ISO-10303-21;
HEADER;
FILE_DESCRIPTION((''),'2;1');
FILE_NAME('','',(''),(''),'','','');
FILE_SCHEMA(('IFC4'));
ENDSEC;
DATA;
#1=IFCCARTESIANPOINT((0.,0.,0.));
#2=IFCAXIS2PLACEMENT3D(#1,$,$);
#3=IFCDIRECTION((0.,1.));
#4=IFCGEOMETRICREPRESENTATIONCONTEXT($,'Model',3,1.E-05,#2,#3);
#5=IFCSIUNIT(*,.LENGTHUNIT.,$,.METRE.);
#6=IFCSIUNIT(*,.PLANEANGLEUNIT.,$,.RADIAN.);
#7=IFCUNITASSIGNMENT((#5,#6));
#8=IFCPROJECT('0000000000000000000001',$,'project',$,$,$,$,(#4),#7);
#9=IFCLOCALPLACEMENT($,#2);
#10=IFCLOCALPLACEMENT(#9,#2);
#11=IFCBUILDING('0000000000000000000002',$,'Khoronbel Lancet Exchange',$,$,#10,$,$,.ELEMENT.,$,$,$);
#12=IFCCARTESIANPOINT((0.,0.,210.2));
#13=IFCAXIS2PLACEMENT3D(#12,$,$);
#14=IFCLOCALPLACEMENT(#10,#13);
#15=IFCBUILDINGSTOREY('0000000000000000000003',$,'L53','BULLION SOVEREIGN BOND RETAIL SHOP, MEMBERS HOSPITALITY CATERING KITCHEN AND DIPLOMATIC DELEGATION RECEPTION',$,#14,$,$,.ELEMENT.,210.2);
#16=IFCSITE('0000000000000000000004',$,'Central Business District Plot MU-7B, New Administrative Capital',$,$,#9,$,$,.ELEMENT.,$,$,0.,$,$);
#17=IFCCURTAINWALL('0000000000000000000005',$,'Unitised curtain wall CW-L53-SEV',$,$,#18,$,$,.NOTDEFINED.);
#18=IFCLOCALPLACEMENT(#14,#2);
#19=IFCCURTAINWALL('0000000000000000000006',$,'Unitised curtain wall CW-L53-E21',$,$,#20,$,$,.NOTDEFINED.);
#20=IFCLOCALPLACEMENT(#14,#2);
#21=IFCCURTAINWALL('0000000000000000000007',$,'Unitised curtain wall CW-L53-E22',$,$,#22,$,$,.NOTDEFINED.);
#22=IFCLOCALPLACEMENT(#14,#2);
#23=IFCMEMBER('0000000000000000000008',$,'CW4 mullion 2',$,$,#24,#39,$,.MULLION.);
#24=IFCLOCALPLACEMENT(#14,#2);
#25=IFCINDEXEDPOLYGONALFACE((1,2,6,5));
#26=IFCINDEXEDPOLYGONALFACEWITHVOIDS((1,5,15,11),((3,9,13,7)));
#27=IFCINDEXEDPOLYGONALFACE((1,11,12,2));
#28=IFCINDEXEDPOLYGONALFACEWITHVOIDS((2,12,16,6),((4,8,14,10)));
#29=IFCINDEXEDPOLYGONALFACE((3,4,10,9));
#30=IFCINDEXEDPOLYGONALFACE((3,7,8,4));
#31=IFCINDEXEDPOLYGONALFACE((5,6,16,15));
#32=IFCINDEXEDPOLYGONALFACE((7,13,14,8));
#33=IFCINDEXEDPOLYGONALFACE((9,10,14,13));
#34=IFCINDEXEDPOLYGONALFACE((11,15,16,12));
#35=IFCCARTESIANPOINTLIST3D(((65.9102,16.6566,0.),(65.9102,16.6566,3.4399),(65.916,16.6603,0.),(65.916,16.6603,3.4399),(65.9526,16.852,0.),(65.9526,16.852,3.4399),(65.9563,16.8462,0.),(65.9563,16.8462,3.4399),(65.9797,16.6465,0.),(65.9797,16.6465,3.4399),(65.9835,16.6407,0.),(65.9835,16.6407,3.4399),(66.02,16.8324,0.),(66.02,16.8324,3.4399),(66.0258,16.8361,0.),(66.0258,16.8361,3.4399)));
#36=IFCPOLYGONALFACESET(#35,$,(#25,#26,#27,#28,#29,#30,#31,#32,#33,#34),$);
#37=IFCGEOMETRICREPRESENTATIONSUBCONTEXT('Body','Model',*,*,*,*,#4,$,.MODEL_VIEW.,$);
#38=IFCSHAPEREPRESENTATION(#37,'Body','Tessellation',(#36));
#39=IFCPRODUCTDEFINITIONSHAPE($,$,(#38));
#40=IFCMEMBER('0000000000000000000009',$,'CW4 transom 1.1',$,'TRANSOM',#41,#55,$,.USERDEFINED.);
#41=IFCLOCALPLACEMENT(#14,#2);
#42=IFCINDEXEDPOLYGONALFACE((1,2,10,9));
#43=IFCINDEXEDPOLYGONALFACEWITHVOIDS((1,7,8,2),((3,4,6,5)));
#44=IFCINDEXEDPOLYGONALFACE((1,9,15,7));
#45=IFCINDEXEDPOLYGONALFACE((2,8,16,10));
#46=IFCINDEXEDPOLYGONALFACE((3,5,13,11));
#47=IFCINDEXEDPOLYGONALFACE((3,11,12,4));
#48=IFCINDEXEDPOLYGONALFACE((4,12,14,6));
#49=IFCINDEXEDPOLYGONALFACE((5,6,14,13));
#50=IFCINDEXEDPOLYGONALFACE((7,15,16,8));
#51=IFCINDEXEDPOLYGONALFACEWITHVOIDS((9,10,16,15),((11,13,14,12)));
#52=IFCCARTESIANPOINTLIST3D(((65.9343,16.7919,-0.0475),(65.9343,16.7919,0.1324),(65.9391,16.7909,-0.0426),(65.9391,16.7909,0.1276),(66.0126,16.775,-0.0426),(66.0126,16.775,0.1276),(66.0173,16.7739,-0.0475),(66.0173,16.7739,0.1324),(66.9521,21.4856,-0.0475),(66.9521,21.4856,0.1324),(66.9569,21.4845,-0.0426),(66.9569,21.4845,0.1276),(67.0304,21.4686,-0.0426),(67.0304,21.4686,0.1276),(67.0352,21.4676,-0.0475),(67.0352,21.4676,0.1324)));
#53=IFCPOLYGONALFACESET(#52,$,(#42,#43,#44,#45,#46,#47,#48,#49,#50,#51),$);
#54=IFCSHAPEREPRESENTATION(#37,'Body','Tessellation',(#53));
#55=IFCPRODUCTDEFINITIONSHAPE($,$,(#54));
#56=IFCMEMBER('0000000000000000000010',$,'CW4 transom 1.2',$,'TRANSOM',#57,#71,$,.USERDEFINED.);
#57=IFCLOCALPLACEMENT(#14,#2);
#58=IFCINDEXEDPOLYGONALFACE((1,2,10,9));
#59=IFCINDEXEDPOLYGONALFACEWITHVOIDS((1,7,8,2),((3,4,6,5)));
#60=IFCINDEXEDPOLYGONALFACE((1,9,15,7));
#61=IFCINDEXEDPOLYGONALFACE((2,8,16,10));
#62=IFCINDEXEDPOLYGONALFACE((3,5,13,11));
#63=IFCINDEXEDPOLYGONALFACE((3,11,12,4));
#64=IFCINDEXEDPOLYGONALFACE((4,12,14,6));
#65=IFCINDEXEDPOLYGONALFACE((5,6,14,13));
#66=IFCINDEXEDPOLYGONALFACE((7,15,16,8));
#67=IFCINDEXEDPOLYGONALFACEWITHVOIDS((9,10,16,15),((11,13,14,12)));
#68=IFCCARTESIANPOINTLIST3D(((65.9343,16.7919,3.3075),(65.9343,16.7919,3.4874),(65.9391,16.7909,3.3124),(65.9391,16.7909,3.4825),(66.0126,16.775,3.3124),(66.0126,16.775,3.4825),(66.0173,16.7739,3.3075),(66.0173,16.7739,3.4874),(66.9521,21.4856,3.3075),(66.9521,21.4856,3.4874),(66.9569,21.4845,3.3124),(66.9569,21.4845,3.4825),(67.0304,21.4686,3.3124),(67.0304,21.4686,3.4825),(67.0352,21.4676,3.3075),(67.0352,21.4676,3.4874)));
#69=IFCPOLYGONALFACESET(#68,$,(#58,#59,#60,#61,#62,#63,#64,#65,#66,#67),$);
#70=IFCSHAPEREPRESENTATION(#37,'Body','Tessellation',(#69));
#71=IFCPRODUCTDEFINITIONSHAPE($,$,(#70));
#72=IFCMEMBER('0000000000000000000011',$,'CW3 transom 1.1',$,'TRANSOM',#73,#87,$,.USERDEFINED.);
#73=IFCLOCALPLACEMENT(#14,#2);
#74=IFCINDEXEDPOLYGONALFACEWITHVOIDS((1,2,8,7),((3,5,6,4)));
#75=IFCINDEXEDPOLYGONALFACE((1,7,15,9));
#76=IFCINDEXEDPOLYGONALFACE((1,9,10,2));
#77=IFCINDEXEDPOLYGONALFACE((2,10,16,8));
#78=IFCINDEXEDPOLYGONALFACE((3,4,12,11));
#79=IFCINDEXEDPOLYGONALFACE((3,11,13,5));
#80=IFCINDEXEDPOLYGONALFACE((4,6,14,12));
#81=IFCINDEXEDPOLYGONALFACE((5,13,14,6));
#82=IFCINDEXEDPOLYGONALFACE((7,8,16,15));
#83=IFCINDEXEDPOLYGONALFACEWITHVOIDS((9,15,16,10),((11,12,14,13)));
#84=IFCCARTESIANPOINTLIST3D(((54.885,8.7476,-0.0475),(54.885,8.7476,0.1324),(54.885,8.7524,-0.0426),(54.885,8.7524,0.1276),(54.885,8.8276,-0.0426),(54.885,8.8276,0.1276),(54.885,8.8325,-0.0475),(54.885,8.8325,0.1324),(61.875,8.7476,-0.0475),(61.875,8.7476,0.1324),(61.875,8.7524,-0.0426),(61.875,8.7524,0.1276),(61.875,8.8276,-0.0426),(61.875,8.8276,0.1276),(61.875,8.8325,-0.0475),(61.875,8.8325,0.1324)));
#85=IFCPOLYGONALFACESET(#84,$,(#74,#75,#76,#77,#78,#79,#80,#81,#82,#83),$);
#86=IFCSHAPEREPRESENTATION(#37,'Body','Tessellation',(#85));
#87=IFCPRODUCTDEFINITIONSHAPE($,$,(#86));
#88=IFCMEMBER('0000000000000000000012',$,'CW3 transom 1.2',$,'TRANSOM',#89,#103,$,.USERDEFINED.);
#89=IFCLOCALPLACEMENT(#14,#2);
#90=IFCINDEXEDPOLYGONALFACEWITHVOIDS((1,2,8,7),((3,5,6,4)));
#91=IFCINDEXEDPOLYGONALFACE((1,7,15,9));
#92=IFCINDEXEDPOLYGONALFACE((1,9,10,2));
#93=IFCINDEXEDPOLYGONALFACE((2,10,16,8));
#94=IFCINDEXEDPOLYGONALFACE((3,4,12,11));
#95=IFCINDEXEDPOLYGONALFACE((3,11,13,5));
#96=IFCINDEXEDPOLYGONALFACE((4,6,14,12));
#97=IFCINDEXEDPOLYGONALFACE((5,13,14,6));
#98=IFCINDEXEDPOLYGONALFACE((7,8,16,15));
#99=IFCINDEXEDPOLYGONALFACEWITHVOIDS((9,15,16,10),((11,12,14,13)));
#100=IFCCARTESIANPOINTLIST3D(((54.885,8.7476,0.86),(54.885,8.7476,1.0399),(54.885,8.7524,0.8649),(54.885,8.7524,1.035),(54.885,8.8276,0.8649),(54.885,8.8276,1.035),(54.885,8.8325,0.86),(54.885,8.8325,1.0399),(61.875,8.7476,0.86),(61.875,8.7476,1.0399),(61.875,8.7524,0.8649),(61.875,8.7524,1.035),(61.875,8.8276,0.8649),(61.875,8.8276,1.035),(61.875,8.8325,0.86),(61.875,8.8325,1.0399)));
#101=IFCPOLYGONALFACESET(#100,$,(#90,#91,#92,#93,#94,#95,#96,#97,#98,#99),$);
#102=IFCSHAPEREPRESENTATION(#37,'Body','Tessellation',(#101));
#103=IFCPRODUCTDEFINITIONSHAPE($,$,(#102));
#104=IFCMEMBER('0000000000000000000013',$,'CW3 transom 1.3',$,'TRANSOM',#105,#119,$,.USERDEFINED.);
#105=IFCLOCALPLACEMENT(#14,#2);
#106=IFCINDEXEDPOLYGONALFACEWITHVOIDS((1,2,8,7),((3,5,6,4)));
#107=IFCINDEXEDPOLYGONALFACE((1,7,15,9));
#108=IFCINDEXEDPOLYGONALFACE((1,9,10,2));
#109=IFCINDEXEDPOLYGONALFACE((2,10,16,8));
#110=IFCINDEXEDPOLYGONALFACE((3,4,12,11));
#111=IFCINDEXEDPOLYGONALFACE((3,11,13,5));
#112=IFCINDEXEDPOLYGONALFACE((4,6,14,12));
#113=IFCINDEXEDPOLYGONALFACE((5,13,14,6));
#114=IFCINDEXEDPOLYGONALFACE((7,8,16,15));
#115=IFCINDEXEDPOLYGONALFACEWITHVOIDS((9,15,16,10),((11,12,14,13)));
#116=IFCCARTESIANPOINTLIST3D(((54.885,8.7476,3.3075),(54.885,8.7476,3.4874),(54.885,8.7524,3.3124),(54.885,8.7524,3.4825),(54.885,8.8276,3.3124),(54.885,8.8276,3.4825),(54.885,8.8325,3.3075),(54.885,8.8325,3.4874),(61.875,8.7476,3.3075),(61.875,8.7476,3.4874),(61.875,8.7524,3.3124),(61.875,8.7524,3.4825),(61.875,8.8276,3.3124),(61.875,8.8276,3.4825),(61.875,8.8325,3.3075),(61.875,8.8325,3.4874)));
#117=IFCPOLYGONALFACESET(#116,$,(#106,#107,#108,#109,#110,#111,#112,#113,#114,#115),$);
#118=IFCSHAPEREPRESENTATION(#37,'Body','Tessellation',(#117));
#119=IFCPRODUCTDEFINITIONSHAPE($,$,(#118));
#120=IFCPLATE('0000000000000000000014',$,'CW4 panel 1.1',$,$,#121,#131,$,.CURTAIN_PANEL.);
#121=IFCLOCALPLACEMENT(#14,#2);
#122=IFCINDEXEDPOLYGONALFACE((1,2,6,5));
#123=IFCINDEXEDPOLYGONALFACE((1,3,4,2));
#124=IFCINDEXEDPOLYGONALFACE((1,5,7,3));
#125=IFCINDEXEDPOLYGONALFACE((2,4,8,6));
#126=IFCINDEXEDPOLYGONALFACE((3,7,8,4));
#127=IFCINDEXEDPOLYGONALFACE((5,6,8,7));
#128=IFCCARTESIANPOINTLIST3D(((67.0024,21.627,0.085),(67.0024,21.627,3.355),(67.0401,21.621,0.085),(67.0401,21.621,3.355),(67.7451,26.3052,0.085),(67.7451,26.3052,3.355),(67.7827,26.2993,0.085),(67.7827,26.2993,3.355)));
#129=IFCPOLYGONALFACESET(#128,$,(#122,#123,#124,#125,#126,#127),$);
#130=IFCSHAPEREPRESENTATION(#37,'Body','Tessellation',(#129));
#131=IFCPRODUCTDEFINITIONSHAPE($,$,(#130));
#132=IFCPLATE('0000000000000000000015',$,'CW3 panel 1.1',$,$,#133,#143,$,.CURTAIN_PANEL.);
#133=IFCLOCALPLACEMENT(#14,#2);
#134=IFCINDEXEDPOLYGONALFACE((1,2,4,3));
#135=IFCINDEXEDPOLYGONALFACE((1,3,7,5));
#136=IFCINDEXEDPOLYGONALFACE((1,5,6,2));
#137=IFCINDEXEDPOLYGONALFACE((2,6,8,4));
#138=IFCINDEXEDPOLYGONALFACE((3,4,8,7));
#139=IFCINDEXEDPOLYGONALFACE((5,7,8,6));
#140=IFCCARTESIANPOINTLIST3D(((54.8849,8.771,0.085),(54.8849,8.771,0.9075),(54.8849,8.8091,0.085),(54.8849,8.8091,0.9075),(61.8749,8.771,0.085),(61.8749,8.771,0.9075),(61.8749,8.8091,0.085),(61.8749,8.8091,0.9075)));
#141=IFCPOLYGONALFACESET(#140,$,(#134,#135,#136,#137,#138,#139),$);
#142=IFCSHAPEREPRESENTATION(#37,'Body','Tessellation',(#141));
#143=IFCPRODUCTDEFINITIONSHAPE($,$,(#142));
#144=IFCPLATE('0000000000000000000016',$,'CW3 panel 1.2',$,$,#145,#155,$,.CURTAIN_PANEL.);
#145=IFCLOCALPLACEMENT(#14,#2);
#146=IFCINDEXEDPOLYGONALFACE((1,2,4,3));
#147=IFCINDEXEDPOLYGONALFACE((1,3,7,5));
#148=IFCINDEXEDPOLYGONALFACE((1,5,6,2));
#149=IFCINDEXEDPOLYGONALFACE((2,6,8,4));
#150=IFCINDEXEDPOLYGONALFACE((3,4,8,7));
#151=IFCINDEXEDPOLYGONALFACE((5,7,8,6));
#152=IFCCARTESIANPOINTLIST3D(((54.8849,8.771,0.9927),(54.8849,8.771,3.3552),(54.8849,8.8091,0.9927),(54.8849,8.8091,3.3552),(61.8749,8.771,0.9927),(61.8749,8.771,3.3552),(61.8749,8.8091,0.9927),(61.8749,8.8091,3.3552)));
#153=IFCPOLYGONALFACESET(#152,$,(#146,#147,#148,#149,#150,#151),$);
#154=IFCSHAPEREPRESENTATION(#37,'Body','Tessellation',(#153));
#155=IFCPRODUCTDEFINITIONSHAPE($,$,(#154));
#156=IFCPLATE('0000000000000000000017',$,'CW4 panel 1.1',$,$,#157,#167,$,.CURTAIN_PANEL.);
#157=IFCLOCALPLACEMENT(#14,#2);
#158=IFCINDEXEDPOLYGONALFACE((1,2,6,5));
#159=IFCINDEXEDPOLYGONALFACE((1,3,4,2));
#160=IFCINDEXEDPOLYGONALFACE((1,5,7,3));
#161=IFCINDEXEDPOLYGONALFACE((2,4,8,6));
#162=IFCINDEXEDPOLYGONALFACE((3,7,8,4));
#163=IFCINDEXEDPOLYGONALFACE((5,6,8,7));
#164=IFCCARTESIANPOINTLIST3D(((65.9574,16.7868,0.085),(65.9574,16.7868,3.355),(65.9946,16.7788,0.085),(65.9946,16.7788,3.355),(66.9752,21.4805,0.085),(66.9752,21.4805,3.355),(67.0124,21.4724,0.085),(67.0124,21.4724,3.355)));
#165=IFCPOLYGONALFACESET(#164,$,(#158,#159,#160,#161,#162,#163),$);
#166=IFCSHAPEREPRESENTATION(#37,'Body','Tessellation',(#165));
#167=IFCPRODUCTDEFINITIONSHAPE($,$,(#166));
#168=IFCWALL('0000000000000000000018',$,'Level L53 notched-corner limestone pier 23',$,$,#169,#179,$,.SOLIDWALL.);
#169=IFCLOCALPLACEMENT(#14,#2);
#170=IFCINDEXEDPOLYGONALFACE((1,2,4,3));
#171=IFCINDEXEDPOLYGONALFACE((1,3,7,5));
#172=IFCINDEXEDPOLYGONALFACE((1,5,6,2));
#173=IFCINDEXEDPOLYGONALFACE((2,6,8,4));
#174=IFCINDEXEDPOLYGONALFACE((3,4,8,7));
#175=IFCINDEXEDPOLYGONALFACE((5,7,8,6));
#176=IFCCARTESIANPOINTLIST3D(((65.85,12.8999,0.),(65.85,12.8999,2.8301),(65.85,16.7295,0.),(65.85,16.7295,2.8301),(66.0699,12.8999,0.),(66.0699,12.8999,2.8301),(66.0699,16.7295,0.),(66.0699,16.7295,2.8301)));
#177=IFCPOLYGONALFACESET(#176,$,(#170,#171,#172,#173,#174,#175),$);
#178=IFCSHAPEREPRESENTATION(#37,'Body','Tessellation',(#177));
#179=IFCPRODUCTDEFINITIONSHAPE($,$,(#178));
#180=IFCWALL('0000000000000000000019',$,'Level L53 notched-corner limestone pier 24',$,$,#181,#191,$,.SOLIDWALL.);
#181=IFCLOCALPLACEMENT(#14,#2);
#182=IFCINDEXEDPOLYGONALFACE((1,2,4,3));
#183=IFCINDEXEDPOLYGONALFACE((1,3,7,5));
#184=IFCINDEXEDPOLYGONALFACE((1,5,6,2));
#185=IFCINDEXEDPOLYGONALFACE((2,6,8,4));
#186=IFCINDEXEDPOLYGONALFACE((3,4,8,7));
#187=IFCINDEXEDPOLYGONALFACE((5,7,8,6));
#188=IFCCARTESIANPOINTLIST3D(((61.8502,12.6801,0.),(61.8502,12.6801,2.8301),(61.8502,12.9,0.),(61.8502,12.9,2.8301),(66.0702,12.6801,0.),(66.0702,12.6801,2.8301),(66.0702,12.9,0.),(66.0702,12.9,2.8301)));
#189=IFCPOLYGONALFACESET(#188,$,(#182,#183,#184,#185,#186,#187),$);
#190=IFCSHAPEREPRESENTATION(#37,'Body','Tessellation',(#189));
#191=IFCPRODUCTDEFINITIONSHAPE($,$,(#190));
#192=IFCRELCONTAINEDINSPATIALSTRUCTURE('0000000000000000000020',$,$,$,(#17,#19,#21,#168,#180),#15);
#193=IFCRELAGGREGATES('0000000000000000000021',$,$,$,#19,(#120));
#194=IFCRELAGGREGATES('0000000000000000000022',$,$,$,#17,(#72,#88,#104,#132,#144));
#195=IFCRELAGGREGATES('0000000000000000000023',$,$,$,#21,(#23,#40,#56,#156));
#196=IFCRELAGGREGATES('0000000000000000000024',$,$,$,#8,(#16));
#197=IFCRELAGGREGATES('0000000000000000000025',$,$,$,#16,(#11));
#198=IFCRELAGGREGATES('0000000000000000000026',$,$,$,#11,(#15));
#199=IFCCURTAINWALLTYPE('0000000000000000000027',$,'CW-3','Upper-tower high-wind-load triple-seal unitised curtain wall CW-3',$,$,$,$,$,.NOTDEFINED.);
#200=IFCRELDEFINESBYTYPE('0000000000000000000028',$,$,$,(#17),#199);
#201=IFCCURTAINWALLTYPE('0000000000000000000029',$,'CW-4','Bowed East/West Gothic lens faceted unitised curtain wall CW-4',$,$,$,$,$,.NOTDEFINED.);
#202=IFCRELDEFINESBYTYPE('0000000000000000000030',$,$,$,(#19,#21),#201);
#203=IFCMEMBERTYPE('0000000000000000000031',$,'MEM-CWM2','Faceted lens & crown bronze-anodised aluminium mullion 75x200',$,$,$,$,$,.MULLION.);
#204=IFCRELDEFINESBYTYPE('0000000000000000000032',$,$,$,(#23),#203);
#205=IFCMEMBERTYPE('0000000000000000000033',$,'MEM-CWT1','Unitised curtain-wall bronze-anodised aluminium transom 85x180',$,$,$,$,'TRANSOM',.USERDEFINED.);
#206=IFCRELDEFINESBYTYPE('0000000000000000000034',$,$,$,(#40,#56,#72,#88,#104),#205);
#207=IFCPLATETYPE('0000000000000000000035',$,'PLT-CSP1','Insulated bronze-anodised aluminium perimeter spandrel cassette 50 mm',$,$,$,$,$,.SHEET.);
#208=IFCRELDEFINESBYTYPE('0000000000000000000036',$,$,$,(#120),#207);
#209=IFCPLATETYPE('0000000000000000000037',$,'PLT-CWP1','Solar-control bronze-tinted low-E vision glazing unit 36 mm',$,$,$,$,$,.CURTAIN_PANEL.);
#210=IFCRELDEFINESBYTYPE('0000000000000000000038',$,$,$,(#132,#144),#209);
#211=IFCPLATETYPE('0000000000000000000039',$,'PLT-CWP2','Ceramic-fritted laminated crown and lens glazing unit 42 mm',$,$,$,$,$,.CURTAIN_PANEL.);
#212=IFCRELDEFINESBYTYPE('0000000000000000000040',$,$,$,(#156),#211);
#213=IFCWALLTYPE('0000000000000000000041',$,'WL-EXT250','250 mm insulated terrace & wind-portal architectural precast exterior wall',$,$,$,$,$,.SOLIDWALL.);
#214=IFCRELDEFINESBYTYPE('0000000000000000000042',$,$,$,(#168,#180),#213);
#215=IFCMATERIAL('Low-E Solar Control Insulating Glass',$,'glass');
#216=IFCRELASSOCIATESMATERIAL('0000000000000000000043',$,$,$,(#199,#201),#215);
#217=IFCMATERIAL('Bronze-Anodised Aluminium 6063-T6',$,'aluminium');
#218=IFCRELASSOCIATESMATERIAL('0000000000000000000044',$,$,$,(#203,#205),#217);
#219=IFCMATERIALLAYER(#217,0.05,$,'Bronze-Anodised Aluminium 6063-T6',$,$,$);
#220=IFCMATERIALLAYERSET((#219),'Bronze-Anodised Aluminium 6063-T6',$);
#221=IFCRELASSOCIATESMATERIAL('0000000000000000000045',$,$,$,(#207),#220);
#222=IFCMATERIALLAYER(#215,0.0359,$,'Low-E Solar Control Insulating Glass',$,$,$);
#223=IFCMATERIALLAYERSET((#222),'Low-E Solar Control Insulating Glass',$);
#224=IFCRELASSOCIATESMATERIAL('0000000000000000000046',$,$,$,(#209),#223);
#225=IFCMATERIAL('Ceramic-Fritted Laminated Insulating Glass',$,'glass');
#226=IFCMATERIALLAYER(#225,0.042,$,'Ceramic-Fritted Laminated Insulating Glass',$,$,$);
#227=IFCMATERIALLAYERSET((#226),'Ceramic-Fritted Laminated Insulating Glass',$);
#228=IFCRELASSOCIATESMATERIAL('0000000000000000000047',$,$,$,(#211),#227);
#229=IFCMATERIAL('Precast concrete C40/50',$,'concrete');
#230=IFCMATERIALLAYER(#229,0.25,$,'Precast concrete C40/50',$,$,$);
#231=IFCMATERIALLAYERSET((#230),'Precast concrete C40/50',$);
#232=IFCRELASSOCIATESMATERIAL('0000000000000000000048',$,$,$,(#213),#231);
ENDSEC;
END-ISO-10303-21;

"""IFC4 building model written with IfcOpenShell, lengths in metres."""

from ifc_helpers import new_model, si_unit, direction, frame, frame_2d, origin, origin_2d, place, context, subcontext, project, spatial, rectangle, hollow_rectangle, extrude, material, layer, layer_set, material_profile, profile_set, type_object, element, aggregate, save


model = new_model("IFC4")

# Units and contexts
model_context = context("Model", 3, precision=1e-05, world=origin(), true_north=direction((0.0, 1.0)))
body_context = subcontext(model_context, "Body", "Model", "MODEL_VIEW")
ifc_project = project(units=[si_unit("LENGTHUNIT", "METRE"), si_unit("PLANEANGLEUNIT", "RADIAN")], contexts=[model_context])

# Site, building, storey
site_placement = place(None, origin())
site = spatial("IfcSite", under=ifc_project, at=site_placement, Name="Central Business District Plot MU-7B, New Administrative Capital", CompositionType="ELEMENT", RefElevation=0.0)
building_placement = place(site_placement, origin())
building = spatial("IfcBuilding", under=site, at=building_placement, Name="Khoronbel Lancet Exchange", CompositionType="ELEMENT")
storey_placement = place(building_placement, frame((0.0, 0.0, 210.2)))
storey = spatial("IfcBuildingStorey", under=building, at=storey_placement, Name="L53", Description="BULLION SOVEREIGN BOND RETAIL SHOP, MEMBERS HOSPITALITY CATERING KITCHEN AND DIPLOMATIC DELEGATION RECEPTION", CompositionType="ELEMENT", Elevation=210.2)

# Shared definitions
ifc_material_1 = material(Name="Low-E Solar Control Insulating Glass", Category="glass")
curtain_wall_type_1 = type_object("IfcCurtainWallType", Name="CW-3", Description="Upper-tower high-wind-load triple-seal unitised curtain wall CW-3", PredefinedType="NOTDEFINED", material=ifc_material_1)
ifc_material_2 = material(Name="Bronze-Anodised Aluminium 6063-T6", Category="aluminium")

# Curtain wall
curtain_wall_1_placement = place(storey_placement, origin())
curtain_wall_1 = element("IfcCurtainWall", 1, at=curtain_wall_1_placement, inside=storey, type_object=curtain_wall_type_1, Name="Unitised curtain wall CW-L53-SEV", PredefinedType="NOTDEFINED")

# Curtain wall
curtain_wall_type_2 = type_object("IfcCurtainWallType", Name="CW-4", Description="Bowed East/West Gothic lens faceted unitised curtain wall CW-4", PredefinedType="NOTDEFINED", material=ifc_material_1)
curtain_wall_2_placement = place(storey_placement, origin())
curtain_wall_2 = element("IfcCurtainWall", 2, at=curtain_wall_2_placement, inside=storey, type_object=curtain_wall_type_2, Name="Unitised curtain wall CW-L53-E21", PredefinedType="NOTDEFINED")
ifc_material_profile_1 = material_profile(ifc_material_2, hollow_rectangle(XDim=0.075, YDim=0.2, WallThickness=0.0049, at=origin_2d()), Name="ALU MULLION 75x200")
ifc_profile_set_1 = profile_set([ifc_material_profile_1], Name="Bronze-Anodised Aluminium 6063-T6")
member_type_1 = type_object("IfcMemberType", Name="MEM-CWM2", Description="Faceted lens & crown bronze-anodised aluminium mullion 75x200", PredefinedType="MULLION", material=ifc_profile_set_1)

# Curtain wall, members
curtain_wall_3_placement = place(storey_placement, origin())
curtain_wall_3 = element("IfcCurtainWall", 3, at=curtain_wall_3_placement, inside=storey, type_object=curtain_wall_type_2, Name="Unitised curtain wall CW-L53-E22", PredefinedType="NOTDEFINED")
member_1_placement = place(storey_placement, frame((65.968, 16.7463, 0.0), z_axis=(0.0, 0.0, 1.0), x_axis=(0.977287, -0.211921, 0.0)))
member_1 = element("IfcMember", 4, at=member_1_placement, type_object=member_type_1, Name="CW4 mullion 2", PredefinedType="MULLION", context=body_context, shape_type="SweptSolid", body=[
    extrude(hollow_rectangle(XDim=0.075, YDim=0.2, WallThickness=0.0049, at=origin_2d()), origin(), (0.0, 0.0, 1.0), 3.4399),
])
ifc_material_profile_2 = material_profile(ifc_material_2, hollow_rectangle(XDim=0.085, YDim=0.1799, WallThickness=0.0049, at=origin_2d()), Name="ALU TRANSOM 85x180")
ifc_profile_set_2 = profile_set([ifc_material_profile_2], Name="Bronze-Anodised Aluminium 6063-T6")
member_type_2 = type_object("IfcMemberType", Name="MEM-CWT1", Description="Unitised curtain-wall bronze-anodised aluminium transom 85x180", ElementType="TRANSOM", PredefinedType="USERDEFINED", material=ifc_profile_set_2)
member_2_placement = place(storey_placement, frame((66.9937, 21.4766, 0.0425), z_axis=(-0.211927, -0.977285, 0.0), x_axis=(0.977285, -0.211927, 0.0)))
member_2 = element("IfcMember", 5, at=member_2_placement, type_object=member_type_2, Name="CW4 transom 1.1", ObjectType="TRANSOM", PredefinedType="USERDEFINED", context=body_context, shape_type="SweptSolid", body=[
    extrude(hollow_rectangle(XDim=0.085, YDim=0.1799, WallThickness=0.0049, at=origin_2d()), origin(), (0.0, 0.0, 1.0), 4.8027),
])
member_3_placement = place(storey_placement, frame((66.9937, 21.4766, 3.3975), z_axis=(-0.211927, -0.977285, 0.0), x_axis=(0.977285, -0.211927, 0.0)))
member_3 = element("IfcMember", 6, at=member_3_placement, type_object=member_type_2, Name="CW4 transom 1.2", ObjectType="TRANSOM", PredefinedType="USERDEFINED", context=body_context, shape_type="SweptSolid", body=[
    extrude(hollow_rectangle(XDim=0.085, YDim=0.1799, WallThickness=0.0049, at=origin_2d()), origin(), (0.0, 0.0, 1.0), 4.8027),
])

# Members
member_4_placement = place(storey_placement, frame((54.885, 8.79, 0.0425), z_axis=(1.0, 0.0, 0.0), x_axis=(0.0, 1.0, 0.0)))
member_4 = element("IfcMember", 7, at=member_4_placement, type_object=member_type_2, Name="CW3 transom 1.1", ObjectType="TRANSOM", PredefinedType="USERDEFINED", context=body_context, shape_type="SweptSolid", body=[
    extrude(hollow_rectangle(XDim=0.085, YDim=0.1799, WallThickness=0.0049, at=origin_2d()), origin(), (0.0, 0.0, 1.0), 6.99),
])
member_5_placement = place(storey_placement, frame((54.885, 8.79, 0.95), z_axis=(1.0, 0.0, 0.0), x_axis=(0.0, 1.0, 0.0)))
member_5 = element("IfcMember", 8, at=member_5_placement, type_object=member_type_2, Name="CW3 transom 1.2", ObjectType="TRANSOM", PredefinedType="USERDEFINED", context=body_context, shape_type="SweptSolid", body=[
    extrude(hollow_rectangle(XDim=0.085, YDim=0.1799, WallThickness=0.0049, at=origin_2d()), origin(), (0.0, 0.0, 1.0), 6.99),
])
member_6_placement = place(storey_placement, frame((54.885, 8.79, 3.3975), z_axis=(1.0, 0.0, 0.0), x_axis=(0.0, 1.0, 0.0)))
member_6 = element("IfcMember", 9, at=member_6_placement, type_object=member_type_2, Name="CW3 transom 1.3", ObjectType="TRANSOM", PredefinedType="USERDEFINED", context=body_context, shape_type="SweptSolid", body=[
    extrude(hollow_rectangle(XDim=0.085, YDim=0.1799, WallThickness=0.0049, at=origin_2d()), origin(), (0.0, 0.0, 1.0), 6.99),
])

# Plates
ifc_layer_1 = layer(ifc_material_2, 0.05, Name="Bronze-Anodised Aluminium 6063-T6")
ifc_layer_set_1 = layer_set([ifc_layer_1], Name="Bronze-Anodised Aluminium 6063-T6")
plate_type_1 = type_object("IfcPlateType", Name="PLT-CSP1", Description="Insulated bronze-anodised aluminium perimeter spandrel cassette 50 mm", PredefinedType="SHEET", material=ifc_layer_set_1)
plate_1_placement = place(storey_placement, frame((67.3926, 23.9631, 0.085), z_axis=(0.0, 0.0, 1.0), x_axis=(-0.156785, -0.987633, 0.0)))
plate_1 = element("IfcPlate", 10, at=plate_1_placement, type_object=plate_type_1, Name="CW4 panel 1.1", PredefinedType="CURTAIN_PANEL", context=body_context, shape_type="SweptSolid", body=[
    extrude(rectangle(XDim=4.7368, YDim=0.0381, at=origin_2d()), origin(), (0.0, 0.0, 1.0), 3.27),
])
aggregate(curtain_wall_2, [plate_1])
ifc_layer_2 = layer(ifc_material_1, 0.0359, Name="Low-E Solar Control Insulating Glass")
ifc_layer_set_2 = layer_set([ifc_layer_2], Name="Low-E Solar Control Insulating Glass")
plate_type_2 = type_object("IfcPlateType", Name="PLT-CWP1", Description="Solar-control bronze-tinted low-E vision glazing unit 36 mm", PredefinedType="CURTAIN_PANEL", material=ifc_layer_set_2)
plate_2_placement = place(storey_placement, frame((58.3799, 8.79, 0.085), z_axis=(0.0, 0.0, 1.0), x_axis=(1.0, 0.0, 0.0)))
plate_2 = element("IfcPlate", 11, at=plate_2_placement, type_object=plate_type_2, Name="CW3 panel 1.1", PredefinedType="CURTAIN_PANEL", context=body_context, shape_type="SweptSolid", body=[
    extrude(rectangle(XDim=6.99, YDim=0.0381, at=origin_2d()), origin(), (0.0, 0.0, 1.0), 0.8225),
])
plate_3_placement = place(storey_placement, frame((58.3799, 8.79, 0.9927), z_axis=(0.0, 0.0, 1.0), x_axis=(1.0, 0.0, 0.0)))
plate_3 = element("IfcPlate", 12, at=plate_3_placement, type_object=plate_type_2, Name="CW3 panel 1.2", PredefinedType="CURTAIN_PANEL", context=body_context, shape_type="SweptSolid", body=[
    extrude(rectangle(XDim=6.99, YDim=0.0381, at=origin_2d()), origin(), (0.0, 0.0, 1.0), 2.3625),
])
aggregate(curtain_wall_1, [member_4, member_5, member_6, plate_2, plate_3])
ifc_material_3 = material(Name="Ceramic-Fritted Laminated Insulating Glass", Category="glass")
ifc_layer_3 = layer(ifc_material_3, 0.042, Name="Ceramic-Fritted Laminated Insulating Glass")
ifc_layer_set_3 = layer_set([ifc_layer_3], Name="Ceramic-Fritted Laminated Insulating Glass")
plate_type_3 = type_object("IfcPlateType", Name="PLT-CWP2", Description="Ceramic-fritted laminated crown and lens glazing unit 42 mm", PredefinedType="CURTAIN_PANEL", material=ifc_layer_set_3)
plate_4_placement = place(storey_placement, frame((66.4849, 19.1296, 0.085), z_axis=(0.0, 0.0, 1.0), x_axis=(-0.211921, -0.977287, 0.0)))
plate_4 = element("IfcPlate", 13, at=plate_4_placement, type_object=plate_type_3, Name="CW4 panel 1.1", PredefinedType="CURTAIN_PANEL", context=body_context, shape_type="SweptSolid", body=[
    extrude(rectangle(XDim=4.8027, YDim=0.0381, at=origin_2d()), origin(), (0.0, 0.0, 1.0), 3.27),
])
aggregate(curtain_wall_3, [member_1, member_2, member_3, plate_4])

# Walls
ifc_material_4 = material(Name="Precast concrete C40/50", Category="concrete")
ifc_layer_4 = layer(ifc_material_4, 0.25, Name="Precast concrete C40/50")
ifc_layer_set_4 = layer_set([ifc_layer_4], Name="Precast concrete C40/50")
wall_type_1 = type_object("IfcWallType", Name="WL-EXT250", Description="250 mm insulated terrace & wind-portal architectural precast exterior wall", PredefinedType="SOLIDWALL", material=ifc_layer_set_4)
wall_1_placement = place(storey_placement, frame((65.96, 16.7295, 0.0), z_axis=(0.0, 0.0, 1.0), x_axis=(0.0, -1.0, 0.0)))
element("IfcWall", 14, at=wall_1_placement, inside=storey, type_object=wall_type_1, Name="Level L53 notched-corner limestone pier 23", PredefinedType="SOLIDWALL", context=body_context, shape_type="SweptSolid", body=[
    extrude(rectangle(XDim=3.8296, YDim=0.22, at=frame_2d((1.9148, 0.0))), origin(), (0.0, 0.0, 1.0), 2.8301),
])
wall_2_placement = place(storey_placement, frame((66.0701, 12.79, 0.0), z_axis=(0.0, 0.0, 1.0), x_axis=(-1.0, 0.0, 0.0)))
element("IfcWall", 15, at=wall_2_placement, inside=storey, type_object=wall_type_1, Name="Level L53 notched-corner limestone pier 24", PredefinedType="SOLIDWALL", context=body_context, shape_type="SweptSolid", body=[
    extrude(rectangle(XDim=4.22, YDim=0.22, at=frame_2d((2.1099, 0.0))), origin(), (0.0, 0.0, 1.0), 2.8301),
])

save(model, "model.ifc")
